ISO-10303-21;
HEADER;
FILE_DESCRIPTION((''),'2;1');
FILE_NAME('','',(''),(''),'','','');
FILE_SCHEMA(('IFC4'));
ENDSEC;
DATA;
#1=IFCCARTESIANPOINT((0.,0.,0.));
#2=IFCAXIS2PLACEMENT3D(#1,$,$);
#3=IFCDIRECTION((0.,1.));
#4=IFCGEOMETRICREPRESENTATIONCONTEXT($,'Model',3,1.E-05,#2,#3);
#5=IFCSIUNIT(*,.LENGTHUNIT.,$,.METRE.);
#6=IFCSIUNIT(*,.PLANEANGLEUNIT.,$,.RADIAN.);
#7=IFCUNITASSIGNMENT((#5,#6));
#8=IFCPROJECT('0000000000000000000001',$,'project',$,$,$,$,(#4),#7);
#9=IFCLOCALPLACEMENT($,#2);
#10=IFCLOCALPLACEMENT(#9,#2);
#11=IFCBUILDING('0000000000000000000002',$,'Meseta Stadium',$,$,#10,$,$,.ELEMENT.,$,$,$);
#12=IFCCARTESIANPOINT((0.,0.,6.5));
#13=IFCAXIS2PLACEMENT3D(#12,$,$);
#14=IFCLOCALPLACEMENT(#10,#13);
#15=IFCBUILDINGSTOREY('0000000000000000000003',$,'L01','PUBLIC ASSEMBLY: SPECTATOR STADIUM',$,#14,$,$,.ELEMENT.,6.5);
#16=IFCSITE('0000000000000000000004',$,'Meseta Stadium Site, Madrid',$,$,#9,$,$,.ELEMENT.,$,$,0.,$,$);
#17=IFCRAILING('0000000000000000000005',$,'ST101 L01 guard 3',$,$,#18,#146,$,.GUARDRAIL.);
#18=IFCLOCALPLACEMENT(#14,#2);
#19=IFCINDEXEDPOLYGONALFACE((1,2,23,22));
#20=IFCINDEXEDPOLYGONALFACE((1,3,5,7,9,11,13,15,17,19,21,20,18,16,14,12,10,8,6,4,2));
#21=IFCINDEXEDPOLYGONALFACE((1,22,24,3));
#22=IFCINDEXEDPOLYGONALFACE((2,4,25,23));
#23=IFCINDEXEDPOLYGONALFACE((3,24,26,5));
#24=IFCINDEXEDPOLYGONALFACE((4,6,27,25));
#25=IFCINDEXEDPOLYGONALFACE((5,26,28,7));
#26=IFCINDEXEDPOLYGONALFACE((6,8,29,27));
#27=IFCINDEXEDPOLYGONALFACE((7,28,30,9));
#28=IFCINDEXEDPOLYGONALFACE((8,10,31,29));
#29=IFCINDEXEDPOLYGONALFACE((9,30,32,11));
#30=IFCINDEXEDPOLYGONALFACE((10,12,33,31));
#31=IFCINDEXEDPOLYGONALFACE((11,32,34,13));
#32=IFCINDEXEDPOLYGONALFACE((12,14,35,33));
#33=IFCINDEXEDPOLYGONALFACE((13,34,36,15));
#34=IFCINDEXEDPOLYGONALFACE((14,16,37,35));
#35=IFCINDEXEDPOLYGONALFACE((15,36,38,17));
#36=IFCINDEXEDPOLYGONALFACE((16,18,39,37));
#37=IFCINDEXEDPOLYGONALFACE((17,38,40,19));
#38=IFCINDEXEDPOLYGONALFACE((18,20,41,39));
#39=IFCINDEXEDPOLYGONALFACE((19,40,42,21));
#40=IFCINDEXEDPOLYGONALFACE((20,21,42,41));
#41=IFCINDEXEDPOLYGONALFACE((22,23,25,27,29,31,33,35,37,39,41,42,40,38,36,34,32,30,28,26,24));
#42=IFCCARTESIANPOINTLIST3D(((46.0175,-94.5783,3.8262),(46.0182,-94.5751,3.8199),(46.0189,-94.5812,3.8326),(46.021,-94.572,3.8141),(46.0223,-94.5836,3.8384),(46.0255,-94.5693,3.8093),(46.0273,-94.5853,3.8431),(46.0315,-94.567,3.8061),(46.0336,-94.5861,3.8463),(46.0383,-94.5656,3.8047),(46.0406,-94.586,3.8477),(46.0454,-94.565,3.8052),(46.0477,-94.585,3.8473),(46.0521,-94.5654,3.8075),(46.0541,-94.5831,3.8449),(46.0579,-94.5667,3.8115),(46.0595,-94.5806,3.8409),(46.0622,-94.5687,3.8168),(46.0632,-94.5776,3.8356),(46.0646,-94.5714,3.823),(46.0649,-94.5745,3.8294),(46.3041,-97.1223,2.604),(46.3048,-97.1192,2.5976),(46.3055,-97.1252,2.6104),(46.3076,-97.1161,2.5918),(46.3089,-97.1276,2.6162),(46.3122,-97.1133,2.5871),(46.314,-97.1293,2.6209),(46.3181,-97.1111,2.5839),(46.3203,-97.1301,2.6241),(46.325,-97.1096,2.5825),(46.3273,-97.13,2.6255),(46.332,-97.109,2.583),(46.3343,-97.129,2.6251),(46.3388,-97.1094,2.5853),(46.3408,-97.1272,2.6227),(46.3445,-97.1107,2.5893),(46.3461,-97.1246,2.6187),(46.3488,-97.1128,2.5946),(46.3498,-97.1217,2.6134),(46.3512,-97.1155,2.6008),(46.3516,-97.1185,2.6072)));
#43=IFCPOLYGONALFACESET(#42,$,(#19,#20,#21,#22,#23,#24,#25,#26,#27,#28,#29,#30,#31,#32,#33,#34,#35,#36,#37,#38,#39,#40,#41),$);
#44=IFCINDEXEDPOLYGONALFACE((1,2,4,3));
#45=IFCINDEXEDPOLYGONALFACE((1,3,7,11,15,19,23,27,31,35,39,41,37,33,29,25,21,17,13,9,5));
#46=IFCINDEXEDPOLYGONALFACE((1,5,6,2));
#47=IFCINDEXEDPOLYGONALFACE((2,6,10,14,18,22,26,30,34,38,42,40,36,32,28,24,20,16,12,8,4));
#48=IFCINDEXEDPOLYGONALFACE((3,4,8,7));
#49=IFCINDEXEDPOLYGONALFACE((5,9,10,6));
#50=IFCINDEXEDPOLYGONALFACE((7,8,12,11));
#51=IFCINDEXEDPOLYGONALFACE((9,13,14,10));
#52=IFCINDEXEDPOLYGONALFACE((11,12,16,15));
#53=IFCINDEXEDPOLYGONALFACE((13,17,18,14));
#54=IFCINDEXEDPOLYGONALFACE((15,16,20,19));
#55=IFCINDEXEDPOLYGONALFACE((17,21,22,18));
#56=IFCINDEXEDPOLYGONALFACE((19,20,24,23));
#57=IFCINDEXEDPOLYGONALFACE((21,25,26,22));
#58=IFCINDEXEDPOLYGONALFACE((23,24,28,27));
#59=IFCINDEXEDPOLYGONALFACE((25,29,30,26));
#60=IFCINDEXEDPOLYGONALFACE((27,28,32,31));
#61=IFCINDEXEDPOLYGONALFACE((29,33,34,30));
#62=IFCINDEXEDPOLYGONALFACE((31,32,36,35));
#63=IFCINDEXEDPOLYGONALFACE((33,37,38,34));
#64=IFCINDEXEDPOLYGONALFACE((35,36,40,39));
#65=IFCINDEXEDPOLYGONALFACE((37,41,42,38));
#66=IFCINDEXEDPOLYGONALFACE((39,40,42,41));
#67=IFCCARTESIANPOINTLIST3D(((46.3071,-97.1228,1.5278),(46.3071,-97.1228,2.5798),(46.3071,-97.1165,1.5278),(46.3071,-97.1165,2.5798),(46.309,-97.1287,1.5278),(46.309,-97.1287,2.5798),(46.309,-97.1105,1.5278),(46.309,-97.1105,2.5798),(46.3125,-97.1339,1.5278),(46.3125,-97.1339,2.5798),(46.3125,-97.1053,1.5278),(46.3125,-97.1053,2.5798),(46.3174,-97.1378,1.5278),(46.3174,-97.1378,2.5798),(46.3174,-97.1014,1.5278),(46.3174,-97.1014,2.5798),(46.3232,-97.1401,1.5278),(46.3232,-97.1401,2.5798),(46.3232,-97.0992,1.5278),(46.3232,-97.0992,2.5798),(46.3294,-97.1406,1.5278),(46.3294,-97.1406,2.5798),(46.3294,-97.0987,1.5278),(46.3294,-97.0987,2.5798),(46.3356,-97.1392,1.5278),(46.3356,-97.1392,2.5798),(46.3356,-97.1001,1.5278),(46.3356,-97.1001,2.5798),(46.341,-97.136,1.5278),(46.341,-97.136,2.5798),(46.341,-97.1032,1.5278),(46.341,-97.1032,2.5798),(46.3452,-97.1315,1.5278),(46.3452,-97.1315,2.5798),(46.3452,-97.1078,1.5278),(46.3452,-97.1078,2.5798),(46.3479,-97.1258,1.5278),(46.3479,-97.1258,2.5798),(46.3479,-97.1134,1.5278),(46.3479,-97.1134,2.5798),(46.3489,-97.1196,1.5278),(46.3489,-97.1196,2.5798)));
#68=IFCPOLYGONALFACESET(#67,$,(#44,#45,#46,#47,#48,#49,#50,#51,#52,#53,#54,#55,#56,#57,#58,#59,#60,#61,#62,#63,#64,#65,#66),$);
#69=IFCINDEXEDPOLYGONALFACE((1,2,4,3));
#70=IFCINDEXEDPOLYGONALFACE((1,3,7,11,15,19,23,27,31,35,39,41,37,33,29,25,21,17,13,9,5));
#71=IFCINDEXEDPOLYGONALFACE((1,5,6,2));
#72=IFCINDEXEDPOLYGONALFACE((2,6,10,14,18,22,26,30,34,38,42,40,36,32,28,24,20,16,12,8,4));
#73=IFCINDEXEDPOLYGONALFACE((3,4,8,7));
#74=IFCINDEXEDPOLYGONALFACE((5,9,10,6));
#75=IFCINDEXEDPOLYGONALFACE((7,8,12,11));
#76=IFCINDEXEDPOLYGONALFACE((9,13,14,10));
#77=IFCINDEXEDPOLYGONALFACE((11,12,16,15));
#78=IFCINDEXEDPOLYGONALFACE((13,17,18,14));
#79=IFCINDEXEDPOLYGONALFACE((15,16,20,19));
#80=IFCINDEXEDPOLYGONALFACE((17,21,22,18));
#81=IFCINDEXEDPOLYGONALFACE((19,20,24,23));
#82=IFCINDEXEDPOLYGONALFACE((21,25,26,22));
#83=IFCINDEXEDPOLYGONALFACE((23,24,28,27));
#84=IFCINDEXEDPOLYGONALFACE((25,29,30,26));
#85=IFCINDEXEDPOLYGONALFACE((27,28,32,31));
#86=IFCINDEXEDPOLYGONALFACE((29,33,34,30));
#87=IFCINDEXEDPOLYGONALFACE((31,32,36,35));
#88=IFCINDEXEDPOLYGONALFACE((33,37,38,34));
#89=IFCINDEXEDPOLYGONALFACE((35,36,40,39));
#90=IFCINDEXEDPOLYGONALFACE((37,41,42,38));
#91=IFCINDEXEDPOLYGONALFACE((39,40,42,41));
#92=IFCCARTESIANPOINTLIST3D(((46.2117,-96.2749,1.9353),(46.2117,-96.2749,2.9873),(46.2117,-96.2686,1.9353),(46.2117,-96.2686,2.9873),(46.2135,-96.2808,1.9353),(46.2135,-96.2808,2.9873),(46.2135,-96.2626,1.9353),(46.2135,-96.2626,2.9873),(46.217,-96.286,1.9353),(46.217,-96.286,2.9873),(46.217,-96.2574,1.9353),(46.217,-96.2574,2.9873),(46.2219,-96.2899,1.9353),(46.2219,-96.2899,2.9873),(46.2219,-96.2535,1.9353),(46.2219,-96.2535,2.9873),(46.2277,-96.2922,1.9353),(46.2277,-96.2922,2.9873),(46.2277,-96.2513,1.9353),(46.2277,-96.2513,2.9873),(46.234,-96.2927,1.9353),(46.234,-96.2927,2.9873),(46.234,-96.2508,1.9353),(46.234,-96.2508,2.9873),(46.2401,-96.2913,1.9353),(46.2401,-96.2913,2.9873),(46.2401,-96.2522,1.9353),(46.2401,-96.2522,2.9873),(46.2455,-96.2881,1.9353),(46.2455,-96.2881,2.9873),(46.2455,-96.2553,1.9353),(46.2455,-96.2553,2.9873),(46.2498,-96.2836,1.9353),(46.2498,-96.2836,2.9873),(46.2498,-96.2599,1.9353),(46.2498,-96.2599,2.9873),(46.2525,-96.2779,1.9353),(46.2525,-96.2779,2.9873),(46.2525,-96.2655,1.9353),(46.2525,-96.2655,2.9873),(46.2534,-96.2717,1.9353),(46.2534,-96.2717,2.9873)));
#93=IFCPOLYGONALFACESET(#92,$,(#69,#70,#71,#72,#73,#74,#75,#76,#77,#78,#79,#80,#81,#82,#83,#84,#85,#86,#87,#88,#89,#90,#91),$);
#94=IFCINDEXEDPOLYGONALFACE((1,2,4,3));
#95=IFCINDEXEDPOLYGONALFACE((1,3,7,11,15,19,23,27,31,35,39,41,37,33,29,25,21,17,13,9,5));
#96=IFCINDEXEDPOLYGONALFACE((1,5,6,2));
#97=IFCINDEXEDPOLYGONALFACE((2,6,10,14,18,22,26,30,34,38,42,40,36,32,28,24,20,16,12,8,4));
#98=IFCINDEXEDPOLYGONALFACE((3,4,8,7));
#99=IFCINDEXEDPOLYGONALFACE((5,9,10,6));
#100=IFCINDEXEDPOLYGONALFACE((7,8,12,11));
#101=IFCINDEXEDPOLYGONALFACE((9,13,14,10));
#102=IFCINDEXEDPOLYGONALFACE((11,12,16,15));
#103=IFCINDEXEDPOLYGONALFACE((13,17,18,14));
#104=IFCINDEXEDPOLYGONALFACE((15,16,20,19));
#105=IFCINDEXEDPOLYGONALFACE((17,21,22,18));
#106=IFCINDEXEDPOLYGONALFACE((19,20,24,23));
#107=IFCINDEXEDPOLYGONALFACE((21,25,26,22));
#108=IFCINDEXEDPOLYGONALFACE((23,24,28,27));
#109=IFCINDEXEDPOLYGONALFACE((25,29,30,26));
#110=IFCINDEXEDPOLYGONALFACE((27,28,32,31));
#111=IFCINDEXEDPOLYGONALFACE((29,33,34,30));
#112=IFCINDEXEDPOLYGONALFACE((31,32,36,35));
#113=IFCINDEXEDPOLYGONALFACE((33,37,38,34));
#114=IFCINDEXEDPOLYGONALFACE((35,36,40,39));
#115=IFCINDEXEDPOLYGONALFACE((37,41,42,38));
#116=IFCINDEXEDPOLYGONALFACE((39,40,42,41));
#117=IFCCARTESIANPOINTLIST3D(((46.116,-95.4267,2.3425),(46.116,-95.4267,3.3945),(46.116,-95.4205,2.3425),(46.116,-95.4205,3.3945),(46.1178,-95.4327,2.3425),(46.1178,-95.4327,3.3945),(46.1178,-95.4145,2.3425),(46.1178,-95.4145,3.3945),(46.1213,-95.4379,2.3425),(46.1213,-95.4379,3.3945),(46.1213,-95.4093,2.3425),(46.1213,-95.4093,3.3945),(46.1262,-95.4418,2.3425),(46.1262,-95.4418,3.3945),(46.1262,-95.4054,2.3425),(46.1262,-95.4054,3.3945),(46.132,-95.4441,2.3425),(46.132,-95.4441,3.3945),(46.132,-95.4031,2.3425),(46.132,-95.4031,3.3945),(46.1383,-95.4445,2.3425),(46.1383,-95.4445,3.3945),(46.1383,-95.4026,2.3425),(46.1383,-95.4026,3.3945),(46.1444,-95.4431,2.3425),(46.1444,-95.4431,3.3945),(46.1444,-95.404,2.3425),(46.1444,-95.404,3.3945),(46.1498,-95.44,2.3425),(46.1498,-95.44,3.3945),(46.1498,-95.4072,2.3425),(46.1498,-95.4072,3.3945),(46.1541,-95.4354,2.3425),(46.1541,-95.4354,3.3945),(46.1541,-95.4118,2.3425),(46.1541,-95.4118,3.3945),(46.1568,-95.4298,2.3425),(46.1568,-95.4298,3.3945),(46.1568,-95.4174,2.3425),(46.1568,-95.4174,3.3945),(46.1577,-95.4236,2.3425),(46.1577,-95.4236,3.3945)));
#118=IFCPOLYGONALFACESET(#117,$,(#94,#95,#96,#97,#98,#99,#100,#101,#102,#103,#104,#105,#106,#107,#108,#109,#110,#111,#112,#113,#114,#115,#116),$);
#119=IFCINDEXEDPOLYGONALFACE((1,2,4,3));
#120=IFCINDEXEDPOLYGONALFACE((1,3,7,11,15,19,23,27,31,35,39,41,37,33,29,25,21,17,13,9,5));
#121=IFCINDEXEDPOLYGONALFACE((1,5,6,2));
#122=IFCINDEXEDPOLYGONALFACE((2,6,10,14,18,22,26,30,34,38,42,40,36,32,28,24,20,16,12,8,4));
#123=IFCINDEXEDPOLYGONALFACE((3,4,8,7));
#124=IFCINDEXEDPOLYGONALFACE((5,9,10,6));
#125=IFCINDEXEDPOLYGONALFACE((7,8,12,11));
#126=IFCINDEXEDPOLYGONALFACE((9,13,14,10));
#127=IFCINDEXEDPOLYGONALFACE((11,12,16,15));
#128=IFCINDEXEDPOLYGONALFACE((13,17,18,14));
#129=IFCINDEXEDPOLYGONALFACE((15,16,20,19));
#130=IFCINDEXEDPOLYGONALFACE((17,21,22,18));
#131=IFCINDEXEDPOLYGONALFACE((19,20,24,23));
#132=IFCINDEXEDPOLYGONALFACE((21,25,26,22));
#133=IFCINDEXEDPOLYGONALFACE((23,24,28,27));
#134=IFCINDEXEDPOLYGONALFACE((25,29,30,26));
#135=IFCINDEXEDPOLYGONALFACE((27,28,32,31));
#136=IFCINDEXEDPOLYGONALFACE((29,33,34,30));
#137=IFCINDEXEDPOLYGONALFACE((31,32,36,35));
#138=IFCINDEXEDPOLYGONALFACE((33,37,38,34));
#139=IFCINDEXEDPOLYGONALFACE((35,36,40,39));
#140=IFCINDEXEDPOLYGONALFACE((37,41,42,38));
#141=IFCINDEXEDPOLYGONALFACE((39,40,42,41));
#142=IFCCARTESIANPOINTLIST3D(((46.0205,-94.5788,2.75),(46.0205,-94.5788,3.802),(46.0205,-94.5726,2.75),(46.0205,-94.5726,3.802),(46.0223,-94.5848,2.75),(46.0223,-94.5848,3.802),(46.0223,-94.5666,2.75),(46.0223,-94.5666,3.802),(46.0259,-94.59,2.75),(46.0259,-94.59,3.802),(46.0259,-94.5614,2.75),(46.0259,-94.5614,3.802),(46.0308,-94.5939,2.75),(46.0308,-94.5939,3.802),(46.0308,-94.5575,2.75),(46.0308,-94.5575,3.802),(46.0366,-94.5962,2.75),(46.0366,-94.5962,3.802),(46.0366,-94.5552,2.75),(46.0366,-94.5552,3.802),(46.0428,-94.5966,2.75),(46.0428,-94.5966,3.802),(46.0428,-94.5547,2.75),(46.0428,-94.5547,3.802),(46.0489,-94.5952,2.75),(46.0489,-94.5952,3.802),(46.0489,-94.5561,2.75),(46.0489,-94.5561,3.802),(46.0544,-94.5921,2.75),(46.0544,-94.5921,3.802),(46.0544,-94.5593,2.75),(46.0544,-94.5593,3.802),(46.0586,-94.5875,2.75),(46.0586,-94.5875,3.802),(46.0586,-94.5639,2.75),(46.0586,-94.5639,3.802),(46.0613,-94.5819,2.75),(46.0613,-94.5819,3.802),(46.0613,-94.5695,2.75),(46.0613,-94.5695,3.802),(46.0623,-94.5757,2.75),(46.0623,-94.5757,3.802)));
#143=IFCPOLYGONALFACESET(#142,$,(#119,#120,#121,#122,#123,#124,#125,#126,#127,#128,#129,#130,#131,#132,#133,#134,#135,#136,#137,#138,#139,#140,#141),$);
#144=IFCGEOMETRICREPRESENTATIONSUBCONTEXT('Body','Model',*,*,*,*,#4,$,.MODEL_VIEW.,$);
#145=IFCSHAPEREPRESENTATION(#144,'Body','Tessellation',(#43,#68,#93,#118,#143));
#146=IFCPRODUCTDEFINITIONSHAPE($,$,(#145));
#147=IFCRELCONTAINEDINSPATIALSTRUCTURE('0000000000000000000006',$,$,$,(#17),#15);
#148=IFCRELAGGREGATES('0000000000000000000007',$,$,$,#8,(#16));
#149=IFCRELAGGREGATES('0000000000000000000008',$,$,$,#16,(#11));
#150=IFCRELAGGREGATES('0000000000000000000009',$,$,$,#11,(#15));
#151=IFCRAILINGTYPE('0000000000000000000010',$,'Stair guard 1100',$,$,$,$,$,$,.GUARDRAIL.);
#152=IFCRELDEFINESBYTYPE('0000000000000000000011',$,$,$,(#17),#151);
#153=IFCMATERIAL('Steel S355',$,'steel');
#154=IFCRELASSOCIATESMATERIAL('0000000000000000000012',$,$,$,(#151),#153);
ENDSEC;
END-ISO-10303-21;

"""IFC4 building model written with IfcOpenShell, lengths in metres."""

from ifc_helpers import new_model, si_unit, direction, frame, origin, origin_2d, place, context, subcontext, project, spatial, circle, extrude, material, type_object, element, save


model = new_model("IFC4")

# Units and contexts
model_context = context("Model", 3, precision=1e-05, world=origin(), true_north=direction((0.0, 1.0)))
body_context = subcontext(model_context, "Body", "Model", "MODEL_VIEW")
ifc_project = project(units=[si_unit("LENGTHUNIT", "METRE"), si_unit("PLANEANGLEUNIT", "RADIAN")], contexts=[model_context])

# Site, building, storey
site_placement = place(None, origin())
site = spatial("IfcSite", under=ifc_project, at=site_placement, Name="Meseta Stadium Site, Madrid", CompositionType="ELEMENT", RefElevation=0.0)
building_placement = place(site_placement, origin())
building = spatial("IfcBuilding", under=site, at=building_placement, Name="Meseta Stadium", CompositionType="ELEMENT")
storey_placement = place(building_placement, frame((0.0, 0.0, 6.5)))
storey = spatial("IfcBuildingStorey", under=building, at=storey_placement, Name="L01", Description="PUBLIC ASSEMBLY: SPECTATOR STADIUM", CompositionType="ELEMENT", Elevation=6.5)

# Railing
ifc_material_1 = material(Name="Steel S355", Category="steel")
railing_type_1 = type_object("IfcRailingType", Name="Stair guard 1100", PredefinedType="GUARDRAIL", material=ifc_material_1)
railing_1_placement = place(storey_placement, frame((46.3279, -97.1196, 1.5278)))
element("IfcRailing", 1, at=railing_1_placement, inside=storey, type_object=railing_type_1, Name="ST101 L01 guard 3", PredefinedType="GUARDRAIL", context=body_context, shape_type="SweptSolid", body=[
    extrude(circle(Radius=0.0239, at=origin_2d()), frame((0.0, 0.0, 1.0762), z_axis=(-0.101036, 0.896762, 0.430824), x_axis=(-0.993713, -0.11196, 0.0)), (0.0, 0.0, 1.0), 2.8369),
    extrude(circle(Radius=0.021, at=origin_2d()), origin(), (0.0, 0.0, 1.0), 1.052),
    extrude(circle(Radius=0.021, at=origin_2d()), frame((-0.0955, 0.8479, 0.4075)), (0.0, 0.0, 1.0), 1.052),
    extrude(circle(Radius=0.021, at=origin_2d()), frame((-0.1912, 1.696, 0.8147)), (0.0, 0.0, 1.0), 1.052),
    extrude(circle(Radius=0.021, at=origin_2d()), frame((-0.2866, 2.5439, 1.2222)), (0.0, 0.0, 1.0), 1.052),
])

save(model, "model.ifc")
